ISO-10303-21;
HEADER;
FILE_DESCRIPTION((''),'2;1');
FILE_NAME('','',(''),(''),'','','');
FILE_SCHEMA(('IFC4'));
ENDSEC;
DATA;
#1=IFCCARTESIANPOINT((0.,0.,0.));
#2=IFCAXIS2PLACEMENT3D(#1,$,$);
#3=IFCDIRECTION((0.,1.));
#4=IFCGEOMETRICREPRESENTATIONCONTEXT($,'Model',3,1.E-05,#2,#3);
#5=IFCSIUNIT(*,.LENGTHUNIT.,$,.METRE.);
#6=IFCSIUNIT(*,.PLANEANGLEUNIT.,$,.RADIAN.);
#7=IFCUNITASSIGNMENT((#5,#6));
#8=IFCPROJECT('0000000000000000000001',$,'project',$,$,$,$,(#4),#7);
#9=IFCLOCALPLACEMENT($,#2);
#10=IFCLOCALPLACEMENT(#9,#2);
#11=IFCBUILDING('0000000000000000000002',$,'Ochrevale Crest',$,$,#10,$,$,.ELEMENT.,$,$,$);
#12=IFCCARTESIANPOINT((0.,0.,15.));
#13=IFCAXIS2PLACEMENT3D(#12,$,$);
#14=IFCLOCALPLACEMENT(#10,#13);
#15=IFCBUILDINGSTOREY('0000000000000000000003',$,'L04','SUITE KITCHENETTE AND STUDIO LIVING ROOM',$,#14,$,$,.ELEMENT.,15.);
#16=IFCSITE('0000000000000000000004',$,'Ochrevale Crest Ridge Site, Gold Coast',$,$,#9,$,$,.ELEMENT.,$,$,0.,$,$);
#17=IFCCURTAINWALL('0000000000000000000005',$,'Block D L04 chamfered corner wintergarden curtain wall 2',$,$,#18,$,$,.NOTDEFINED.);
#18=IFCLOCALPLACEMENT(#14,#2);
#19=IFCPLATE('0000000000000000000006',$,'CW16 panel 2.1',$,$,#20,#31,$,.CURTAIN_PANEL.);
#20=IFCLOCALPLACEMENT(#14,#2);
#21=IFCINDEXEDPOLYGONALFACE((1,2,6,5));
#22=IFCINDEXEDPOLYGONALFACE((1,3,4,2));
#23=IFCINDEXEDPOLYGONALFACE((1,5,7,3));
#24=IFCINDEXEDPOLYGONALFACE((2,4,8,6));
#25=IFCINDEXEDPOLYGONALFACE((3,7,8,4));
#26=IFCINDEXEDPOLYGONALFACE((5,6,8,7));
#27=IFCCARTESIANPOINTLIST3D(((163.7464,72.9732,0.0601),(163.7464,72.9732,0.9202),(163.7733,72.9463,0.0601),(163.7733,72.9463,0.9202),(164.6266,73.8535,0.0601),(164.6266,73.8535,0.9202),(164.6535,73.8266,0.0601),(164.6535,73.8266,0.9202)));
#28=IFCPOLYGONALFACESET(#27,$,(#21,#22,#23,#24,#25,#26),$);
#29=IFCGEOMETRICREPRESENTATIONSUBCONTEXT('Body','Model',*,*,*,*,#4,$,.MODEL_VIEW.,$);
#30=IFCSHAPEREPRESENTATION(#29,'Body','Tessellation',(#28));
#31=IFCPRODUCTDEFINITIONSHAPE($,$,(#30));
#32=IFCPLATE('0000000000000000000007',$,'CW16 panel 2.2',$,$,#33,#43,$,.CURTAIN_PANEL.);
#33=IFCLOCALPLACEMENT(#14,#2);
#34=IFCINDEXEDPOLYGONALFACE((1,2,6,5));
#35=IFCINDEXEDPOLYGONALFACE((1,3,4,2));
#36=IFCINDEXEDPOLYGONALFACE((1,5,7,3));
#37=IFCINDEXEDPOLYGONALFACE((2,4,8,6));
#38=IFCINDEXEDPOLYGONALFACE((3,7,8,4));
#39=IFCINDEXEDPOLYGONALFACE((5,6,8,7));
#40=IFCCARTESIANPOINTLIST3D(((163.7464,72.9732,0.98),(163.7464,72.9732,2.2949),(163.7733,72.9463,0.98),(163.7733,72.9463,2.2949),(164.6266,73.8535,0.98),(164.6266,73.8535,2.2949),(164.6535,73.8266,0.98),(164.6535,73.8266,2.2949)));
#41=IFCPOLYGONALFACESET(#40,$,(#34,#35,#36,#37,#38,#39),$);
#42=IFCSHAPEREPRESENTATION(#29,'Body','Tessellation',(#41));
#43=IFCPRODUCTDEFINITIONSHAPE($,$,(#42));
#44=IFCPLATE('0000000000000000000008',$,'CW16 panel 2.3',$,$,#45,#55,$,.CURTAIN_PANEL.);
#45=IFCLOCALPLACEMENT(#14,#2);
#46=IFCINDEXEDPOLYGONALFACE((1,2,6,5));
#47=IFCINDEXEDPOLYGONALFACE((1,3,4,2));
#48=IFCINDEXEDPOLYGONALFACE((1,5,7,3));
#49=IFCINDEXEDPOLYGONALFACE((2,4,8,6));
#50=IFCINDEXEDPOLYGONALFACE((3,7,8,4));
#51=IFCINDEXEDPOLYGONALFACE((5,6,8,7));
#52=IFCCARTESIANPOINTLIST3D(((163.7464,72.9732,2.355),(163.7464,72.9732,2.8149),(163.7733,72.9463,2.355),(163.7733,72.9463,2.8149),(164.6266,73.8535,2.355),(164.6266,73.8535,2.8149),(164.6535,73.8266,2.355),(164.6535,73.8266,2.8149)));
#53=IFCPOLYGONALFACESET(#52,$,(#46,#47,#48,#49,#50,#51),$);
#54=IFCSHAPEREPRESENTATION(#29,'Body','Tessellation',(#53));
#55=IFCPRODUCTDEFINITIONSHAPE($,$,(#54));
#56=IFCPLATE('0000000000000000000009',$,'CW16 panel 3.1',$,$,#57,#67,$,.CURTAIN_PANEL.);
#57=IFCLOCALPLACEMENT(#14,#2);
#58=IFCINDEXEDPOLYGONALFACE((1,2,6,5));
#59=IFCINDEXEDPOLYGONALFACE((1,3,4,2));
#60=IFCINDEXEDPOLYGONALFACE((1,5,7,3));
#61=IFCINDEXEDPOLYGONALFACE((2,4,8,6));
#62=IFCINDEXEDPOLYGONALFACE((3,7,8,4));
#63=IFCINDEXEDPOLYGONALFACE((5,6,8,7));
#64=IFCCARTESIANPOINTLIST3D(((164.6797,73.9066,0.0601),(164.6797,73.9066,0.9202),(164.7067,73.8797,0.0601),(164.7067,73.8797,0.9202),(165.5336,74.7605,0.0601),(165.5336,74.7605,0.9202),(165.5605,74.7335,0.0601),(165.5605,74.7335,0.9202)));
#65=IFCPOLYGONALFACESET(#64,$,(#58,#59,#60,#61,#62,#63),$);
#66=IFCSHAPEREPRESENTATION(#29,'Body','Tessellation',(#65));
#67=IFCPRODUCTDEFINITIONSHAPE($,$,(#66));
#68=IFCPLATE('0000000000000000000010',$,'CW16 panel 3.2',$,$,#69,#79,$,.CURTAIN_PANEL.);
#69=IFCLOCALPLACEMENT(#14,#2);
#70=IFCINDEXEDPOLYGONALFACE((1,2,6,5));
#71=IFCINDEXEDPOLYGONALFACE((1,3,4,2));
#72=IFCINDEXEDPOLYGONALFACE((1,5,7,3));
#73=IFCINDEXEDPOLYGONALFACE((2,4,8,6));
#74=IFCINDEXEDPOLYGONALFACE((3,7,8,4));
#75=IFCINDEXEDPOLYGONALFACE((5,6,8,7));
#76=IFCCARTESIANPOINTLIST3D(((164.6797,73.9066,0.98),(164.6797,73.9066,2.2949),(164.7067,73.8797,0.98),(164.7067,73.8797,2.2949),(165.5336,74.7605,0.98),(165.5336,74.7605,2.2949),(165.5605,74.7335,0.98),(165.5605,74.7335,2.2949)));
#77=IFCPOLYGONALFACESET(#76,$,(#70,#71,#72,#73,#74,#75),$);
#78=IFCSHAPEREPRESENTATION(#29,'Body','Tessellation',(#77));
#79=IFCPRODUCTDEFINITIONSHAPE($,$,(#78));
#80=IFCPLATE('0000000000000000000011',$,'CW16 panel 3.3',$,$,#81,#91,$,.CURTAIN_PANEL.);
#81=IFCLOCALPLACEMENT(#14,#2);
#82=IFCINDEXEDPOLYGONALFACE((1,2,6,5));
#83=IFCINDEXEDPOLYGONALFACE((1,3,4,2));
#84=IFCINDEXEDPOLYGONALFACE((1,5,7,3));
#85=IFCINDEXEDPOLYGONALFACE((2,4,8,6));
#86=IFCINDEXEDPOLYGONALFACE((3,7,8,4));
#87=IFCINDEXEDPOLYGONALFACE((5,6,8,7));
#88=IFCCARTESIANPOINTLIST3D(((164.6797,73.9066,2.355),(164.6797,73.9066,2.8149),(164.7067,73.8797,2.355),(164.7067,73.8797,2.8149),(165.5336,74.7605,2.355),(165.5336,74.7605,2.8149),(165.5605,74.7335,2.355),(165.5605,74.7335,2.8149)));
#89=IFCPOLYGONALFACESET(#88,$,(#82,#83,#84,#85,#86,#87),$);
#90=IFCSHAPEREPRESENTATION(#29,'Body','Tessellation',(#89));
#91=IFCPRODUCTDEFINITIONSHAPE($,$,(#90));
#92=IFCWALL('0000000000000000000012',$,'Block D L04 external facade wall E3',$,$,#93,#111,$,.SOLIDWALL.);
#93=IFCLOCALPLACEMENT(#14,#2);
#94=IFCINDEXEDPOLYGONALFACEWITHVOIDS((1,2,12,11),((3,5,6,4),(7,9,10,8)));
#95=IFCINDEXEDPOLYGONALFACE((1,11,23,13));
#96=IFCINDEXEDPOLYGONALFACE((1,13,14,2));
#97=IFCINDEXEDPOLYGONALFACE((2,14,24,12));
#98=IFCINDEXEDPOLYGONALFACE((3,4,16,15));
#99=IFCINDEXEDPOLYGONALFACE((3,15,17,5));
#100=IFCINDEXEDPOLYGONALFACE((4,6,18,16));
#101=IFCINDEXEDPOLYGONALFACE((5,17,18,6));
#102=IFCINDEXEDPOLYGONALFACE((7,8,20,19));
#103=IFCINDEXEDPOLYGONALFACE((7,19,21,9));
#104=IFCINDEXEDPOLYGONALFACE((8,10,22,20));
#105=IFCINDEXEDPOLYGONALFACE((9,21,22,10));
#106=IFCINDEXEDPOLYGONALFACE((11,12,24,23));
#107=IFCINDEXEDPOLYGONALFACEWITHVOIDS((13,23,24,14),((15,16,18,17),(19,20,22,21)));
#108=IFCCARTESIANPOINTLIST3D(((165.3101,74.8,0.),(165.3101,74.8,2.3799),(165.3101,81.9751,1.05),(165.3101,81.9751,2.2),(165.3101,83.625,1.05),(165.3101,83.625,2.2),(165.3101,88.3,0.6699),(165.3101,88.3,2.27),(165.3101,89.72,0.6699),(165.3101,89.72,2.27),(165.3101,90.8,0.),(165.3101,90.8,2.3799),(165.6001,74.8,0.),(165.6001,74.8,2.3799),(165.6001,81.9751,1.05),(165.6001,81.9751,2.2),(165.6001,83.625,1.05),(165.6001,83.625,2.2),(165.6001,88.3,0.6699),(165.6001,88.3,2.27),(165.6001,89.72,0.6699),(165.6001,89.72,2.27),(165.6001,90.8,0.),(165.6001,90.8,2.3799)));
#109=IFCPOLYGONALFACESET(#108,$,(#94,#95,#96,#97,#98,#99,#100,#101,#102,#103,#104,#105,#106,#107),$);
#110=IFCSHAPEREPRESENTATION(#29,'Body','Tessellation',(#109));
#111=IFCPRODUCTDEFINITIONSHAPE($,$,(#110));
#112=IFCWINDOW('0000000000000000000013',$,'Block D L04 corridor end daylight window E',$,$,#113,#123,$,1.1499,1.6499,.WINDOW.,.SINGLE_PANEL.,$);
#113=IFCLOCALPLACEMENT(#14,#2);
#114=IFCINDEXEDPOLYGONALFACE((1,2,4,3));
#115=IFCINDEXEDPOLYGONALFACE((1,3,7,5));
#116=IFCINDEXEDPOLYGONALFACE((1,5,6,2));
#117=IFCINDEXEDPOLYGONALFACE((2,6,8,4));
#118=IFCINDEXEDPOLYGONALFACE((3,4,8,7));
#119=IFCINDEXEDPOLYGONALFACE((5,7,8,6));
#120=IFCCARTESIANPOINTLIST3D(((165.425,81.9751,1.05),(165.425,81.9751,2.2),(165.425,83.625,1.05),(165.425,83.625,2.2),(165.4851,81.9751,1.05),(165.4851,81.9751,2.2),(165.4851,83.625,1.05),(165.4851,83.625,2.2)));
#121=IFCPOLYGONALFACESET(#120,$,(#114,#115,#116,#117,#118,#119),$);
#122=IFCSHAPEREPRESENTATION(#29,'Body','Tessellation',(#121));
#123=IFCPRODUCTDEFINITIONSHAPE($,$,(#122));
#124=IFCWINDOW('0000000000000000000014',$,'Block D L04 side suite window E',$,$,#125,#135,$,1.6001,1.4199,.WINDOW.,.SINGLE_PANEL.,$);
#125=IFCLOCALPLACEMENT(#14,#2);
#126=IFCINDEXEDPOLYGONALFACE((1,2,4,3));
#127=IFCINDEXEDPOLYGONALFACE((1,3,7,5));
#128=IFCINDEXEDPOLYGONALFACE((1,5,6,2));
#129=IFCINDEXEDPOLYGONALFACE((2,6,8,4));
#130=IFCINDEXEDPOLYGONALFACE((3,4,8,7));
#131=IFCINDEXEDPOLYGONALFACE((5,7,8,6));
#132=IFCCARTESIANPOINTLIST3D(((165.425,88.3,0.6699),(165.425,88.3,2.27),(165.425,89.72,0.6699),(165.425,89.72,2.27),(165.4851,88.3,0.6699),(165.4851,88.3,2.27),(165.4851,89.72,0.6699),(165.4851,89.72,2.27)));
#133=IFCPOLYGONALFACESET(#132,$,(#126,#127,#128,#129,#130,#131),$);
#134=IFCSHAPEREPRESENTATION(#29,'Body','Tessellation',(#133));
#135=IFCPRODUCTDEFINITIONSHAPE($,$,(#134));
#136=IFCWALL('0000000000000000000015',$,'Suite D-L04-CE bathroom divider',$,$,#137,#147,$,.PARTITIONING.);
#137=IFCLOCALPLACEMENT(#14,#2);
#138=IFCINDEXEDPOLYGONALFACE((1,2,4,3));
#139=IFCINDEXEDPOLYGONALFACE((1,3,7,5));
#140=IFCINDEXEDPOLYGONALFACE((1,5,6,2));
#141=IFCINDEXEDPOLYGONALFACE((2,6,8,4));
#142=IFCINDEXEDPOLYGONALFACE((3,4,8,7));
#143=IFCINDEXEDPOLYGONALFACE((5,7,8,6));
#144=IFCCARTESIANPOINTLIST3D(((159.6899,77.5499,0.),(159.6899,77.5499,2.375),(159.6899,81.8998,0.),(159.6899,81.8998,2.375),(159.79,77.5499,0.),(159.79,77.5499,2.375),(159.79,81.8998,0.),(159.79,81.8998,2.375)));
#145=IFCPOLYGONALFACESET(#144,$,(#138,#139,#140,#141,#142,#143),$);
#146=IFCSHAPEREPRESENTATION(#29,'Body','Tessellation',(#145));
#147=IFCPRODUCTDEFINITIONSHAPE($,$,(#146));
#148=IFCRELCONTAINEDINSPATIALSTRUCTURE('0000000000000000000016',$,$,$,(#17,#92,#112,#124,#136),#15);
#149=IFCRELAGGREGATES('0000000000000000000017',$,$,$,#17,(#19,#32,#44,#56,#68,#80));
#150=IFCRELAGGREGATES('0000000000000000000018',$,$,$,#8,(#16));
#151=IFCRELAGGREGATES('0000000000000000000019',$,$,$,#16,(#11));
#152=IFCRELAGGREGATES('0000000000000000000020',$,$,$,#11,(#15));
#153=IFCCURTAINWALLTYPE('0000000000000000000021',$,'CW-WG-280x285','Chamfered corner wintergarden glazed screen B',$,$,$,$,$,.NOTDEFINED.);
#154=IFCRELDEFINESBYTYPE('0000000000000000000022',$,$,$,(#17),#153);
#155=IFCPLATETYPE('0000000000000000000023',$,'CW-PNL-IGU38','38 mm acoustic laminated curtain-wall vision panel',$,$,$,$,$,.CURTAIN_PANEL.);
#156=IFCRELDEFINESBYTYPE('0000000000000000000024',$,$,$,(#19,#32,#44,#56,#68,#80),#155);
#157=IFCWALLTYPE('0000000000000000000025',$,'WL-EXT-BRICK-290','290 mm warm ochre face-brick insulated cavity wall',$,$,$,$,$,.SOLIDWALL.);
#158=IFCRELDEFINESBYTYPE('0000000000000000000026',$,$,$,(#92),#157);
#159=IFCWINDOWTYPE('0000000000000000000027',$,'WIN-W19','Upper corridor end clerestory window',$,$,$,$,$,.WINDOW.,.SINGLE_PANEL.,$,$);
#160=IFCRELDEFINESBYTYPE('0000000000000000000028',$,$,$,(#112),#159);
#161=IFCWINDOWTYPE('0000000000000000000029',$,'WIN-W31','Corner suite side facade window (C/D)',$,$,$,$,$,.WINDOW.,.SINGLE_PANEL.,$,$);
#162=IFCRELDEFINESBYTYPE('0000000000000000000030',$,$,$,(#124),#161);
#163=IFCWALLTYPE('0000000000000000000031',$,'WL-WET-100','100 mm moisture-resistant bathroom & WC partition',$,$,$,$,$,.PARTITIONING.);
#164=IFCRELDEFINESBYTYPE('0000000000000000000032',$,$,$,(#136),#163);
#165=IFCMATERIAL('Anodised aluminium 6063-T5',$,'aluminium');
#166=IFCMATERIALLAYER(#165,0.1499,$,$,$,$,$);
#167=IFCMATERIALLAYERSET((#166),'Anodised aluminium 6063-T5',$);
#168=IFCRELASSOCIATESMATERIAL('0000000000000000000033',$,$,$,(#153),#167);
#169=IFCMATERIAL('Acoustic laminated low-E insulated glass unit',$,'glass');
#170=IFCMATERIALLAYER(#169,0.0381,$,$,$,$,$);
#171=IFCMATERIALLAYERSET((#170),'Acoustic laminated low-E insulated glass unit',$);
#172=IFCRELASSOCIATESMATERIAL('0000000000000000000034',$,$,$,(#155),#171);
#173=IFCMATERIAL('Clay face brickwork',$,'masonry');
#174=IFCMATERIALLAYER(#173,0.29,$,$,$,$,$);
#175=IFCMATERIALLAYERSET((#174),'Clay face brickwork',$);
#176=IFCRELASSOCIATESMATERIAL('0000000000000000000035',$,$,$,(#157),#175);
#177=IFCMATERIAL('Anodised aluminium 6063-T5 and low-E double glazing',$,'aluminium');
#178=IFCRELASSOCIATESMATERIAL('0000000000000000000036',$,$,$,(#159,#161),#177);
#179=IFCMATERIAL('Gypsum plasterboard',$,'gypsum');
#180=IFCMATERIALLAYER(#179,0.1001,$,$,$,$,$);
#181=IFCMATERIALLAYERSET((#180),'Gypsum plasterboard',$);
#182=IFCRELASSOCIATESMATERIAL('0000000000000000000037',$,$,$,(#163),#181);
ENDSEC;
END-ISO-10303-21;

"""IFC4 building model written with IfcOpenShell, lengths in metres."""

from ifc_helpers import new_model, si_unit, direction, frame, frame_2d, origin, origin_2d, place, context, subcontext, project, spatial, rectangle, extrude, material, layer, layer_set, type_object, element, fill, aggregate, save


model = new_model("IFC4")

# Units and contexts
model_context = context("Model", 3, precision=1e-05, world=origin(), true_north=direction((0.0, 1.0)))
body_context = subcontext(model_context, "Body", "Model", "MODEL_VIEW")
ifc_project = project(units=[si_unit("LENGTHUNIT", "METRE"), si_unit("PLANEANGLEUNIT", "RADIAN")], contexts=[model_context])

# Site, building, storey
site_placement = place(None, origin())
site = spatial("IfcSite", under=ifc_project, at=site_placement, Name="Ochrevale Crest Ridge Site, Gold Coast", CompositionType="ELEMENT", RefElevation=0.0)
building_placement = place(site_placement, origin())
building = spatial("IfcBuilding", under=site, at=building_placement, Name="Ochrevale Crest", CompositionType="ELEMENT")
storey_placement = place(building_placement, frame((0.0, 0.0, 15.0)))
storey = spatial("IfcBuildingStorey", under=building, at=storey_placement, Name="L04", Description="SUITE KITCHENETTE AND STUDIO LIVING ROOM", CompositionType="ELEMENT", Elevation=15.0)

# Curtain wall, plates
ifc_material_1 = material(Name="Anodised aluminium 6063-T5", Category="aluminium")
ifc_layer_1 = layer(ifc_material_1, 0.1499)
ifc_layer_set_1 = layer_set([ifc_layer_1], Name="Anodised aluminium 6063-T5")
curtain_wall_type = type_object("IfcCurtainWallType", Name="CW-WG-280x285", Description="Chamfered corner wintergarden glazed screen B", PredefinedType="NOTDEFINED", material=ifc_layer_set_1)
curtain_wall_placement = place(storey_placement, origin())
curtain_wall = element("IfcCurtainWall", 1, at=curtain_wall_placement, inside=storey, type_object=curtain_wall_type, Name="Block D L04 chamfered corner wintergarden curtain wall 2", PredefinedType="NOTDEFINED")
ifc_material_2 = material(Name="Acoustic laminated low-E insulated glass unit", Category="glass")
ifc_layer_2 = layer(ifc_material_2, 0.0381)
ifc_layer_set_2 = layer_set([ifc_layer_2], Name="Acoustic laminated low-E insulated glass unit")
plate_type = type_object("IfcPlateType", Name="CW-PNL-IGU38", Description="38 mm acoustic laminated curtain-wall vision panel", PredefinedType="CURTAIN_PANEL", material=ifc_layer_set_2)
plate_1_placement = place(storey_placement, frame((164.2, 73.3999, 0.0601), z_axis=(0.0, 0.0, 1.0), x_axis=(0.707107, 0.707107, 0.0)))
plate_1 = element("IfcPlate", 2, at=plate_1_placement, type_object=plate_type, Name="CW16 panel 2.1", PredefinedType="CURTAIN_PANEL", context=body_context, shape_type="SweptSolid", body=[
    extrude(rectangle(XDim=1.2449, YDim=0.0381, at=origin_2d()), origin(), (0.0, 0.0, 1.0), 0.8601),
])
plate_2_placement = place(storey_placement, frame((164.2, 73.3999, 0.98), z_axis=(0.0, 0.0, 1.0), x_axis=(0.707107, 0.707107, 0.0)))
plate_2 = element("IfcPlate", 3, at=plate_2_placement, type_object=plate_type, Name="CW16 panel 2.2", PredefinedType="CURTAIN_PANEL", context=body_context, shape_type="SweptSolid", body=[
    extrude(rectangle(XDim=1.2449, YDim=0.0381, at=origin_2d()), origin(), (0.0, 0.0, 1.0), 1.3149),
])
plate_3_placement = place(storey_placement, frame((164.2, 73.3999, 2.355), z_axis=(0.0, 0.0, 1.0), x_axis=(0.707107, 0.707107, 0.0)))
plate_3 = element("IfcPlate", 4, at=plate_3_placement, type_object=plate_type, Name="CW16 panel 2.3", PredefinedType="CURTAIN_PANEL", context=body_context, shape_type="SweptSolid", body=[
    extrude(rectangle(XDim=1.2449, YDim=0.0381, at=origin_2d()), origin(), (0.0, 0.0, 1.0), 0.46),
])
plate_4_placement = place(storey_placement, frame((165.1201, 74.3201, 0.0601), z_axis=(0.0, 0.0, 1.0), x_axis=(0.707107, 0.707107, 0.0)))
plate_4 = element("IfcPlate", 5, at=plate_4_placement, type_object=plate_type, Name="CW16 panel 3.1", PredefinedType="CURTAIN_PANEL", context=body_context, shape_type="SweptSolid", body=[
    extrude(rectangle(XDim=1.2075, YDim=0.0381, at=origin_2d()), origin(), (0.0, 0.0, 1.0), 0.8601),
])
plate_5_placement = place(storey_placement, frame((165.1201, 74.3201, 0.98), z_axis=(0.0, 0.0, 1.0), x_axis=(0.707107, 0.707107, 0.0)))
plate_5 = element("IfcPlate", 6, at=plate_5_placement, type_object=plate_type, Name="CW16 panel 3.2", PredefinedType="CURTAIN_PANEL", context=body_context, shape_type="SweptSolid", body=[
    extrude(rectangle(XDim=1.2075, YDim=0.0381, at=origin_2d()), origin(), (0.0, 0.0, 1.0), 1.3149),
])
plate_6_placement = place(storey_placement, frame((165.1201, 74.3201, 2.355), z_axis=(0.0, 0.0, 1.0), x_axis=(0.707107, 0.707107, 0.0)))
plate_6 = element("IfcPlate", 7, at=plate_6_placement, type_object=plate_type, Name="CW16 panel 3.3", PredefinedType="CURTAIN_PANEL", context=body_context, shape_type="SweptSolid", body=[
    extrude(rectangle(XDim=1.2075, YDim=0.0381, at=origin_2d()), origin(), (0.0, 0.0, 1.0), 0.46),
])
aggregate(curtain_wall, [plate_1, plate_2, plate_3, plate_4, plate_5, plate_6])

# Wall, openings, windows
ifc_material_3 = material(Name="Clay face brickwork", Category="masonry")
ifc_layer_3 = layer(ifc_material_3, 0.29)
ifc_layer_set_3 = layer_set([ifc_layer_3], Name="Clay face brickwork")
wall_type_1 = type_object("IfcWallType", Name="WL-EXT-BRICK-290", Description="290 mm warm ochre face-brick insulated cavity wall", PredefinedType="SOLIDWALL", material=ifc_layer_set_3)
wall_1_placement = place(storey_placement, frame((165.4551, 74.8, 0.0), z_axis=(0.0, 0.0, 1.0), x_axis=(0.0, 1.0, 0.0)))
wall_1 = element("IfcWall", 8, at=wall_1_placement, inside=storey, type_object=wall_type_1, Name="Block D L04 external facade wall E3", PredefinedType="SOLIDWALL", context=body_context, shape_type="SweptSolid", body=[
    extrude(rectangle(XDim=16.0, YDim=0.29, at=frame_2d((8.0, 0.0))), origin(), (0.0, 0.0, 1.0), 2.3799),
])
opening_1_placement = place(wall_1_placement, frame((7.175, 0.0, 1.05)))
opening_1 = element("IfcOpeningElement", 9, at=opening_1_placement, cuts=wall_1, PredefinedType="OPENING", context=body_context, shape_type="SweptSolid", body=[
    extrude(rectangle(XDim=1.6499, YDim=1.1499, at=frame_2d((0.825, 0.575))), frame((0.0, 0.155, 0.0), z_axis=(0.0, -1.0, 0.0), x_axis=(1.0, 0.0, 0.0)), (0.0, 0.0, 1.0), 0.3101),
])
opening_2_placement = place(wall_1_placement, frame((13.5, 0.0, 0.6699)))
opening_2 = element("IfcOpeningElement", 10, at=opening_2_placement, cuts=wall_1, PredefinedType="OPENING", context=body_context, shape_type="SweptSolid", body=[
    extrude(rectangle(XDim=1.4199, YDim=1.6001, at=frame_2d((0.71, 0.8))), frame((0.0, 0.155, 0.0), z_axis=(0.0, -1.0, 0.0), x_axis=(1.0, 0.0, 0.0)), (0.0, 0.0, 1.0), 0.3101),
])
ifc_material_4 = material(Name="Anodised aluminium 6063-T5 and low-E double glazing", Category="aluminium")
window_type_1 = type_object("IfcWindowType", Name="WIN-W19", Description="Upper corridor end clerestory window", PartitioningType="SINGLE_PANEL", PredefinedType="WINDOW", material=ifc_material_4)
window_1_placement = place(opening_1_placement, origin())
window_1 = element("IfcWindow", 11, at=window_1_placement, inside=storey, type_object=window_type_1, Name="Block D L04 corridor end daylight window E", OverallHeight=1.1499, OverallWidth=1.6499, PartitioningType="SINGLE_PANEL", PredefinedType="WINDOW", context=body_context, shape_type="SweptSolid", body=[
    extrude(rectangle(XDim=1.6499, YDim=1.1499, at=frame_2d((0.825, 0.575))), frame((0.0, 0.03, 0.0), z_axis=(0.0, -1.0, 0.0), x_axis=(1.0, 0.0, 0.0)), (0.0, 0.0, 1.0), 0.0601),
])
fill(opening_1, window_1)
window_type_2 = type_object("IfcWindowType", Name="WIN-W31", Description="Corner suite side facade window (C/D)", PartitioningType="SINGLE_PANEL", PredefinedType="WINDOW", material=ifc_material_4)
window_2_placement = place(opening_2_placement, origin())
window_2 = element("IfcWindow", 12, at=window_2_placement, inside=storey, type_object=window_type_2, Name="Block D L04 side suite window E", OverallHeight=1.6001, OverallWidth=1.4199, PartitioningType="SINGLE_PANEL", PredefinedType="WINDOW", context=body_context, shape_type="SweptSolid", body=[
    extrude(rectangle(XDim=1.4199, YDim=1.6001, at=frame_2d((0.71, 0.8))), frame((0.0, 0.03, 0.0), z_axis=(0.0, -1.0, 0.0), x_axis=(1.0, 0.0, 0.0)), (0.0, 0.0, 1.0), 0.0601),
])
fill(opening_2, window_2)

# Wall
ifc_material_5 = material(Name="Gypsum plasterboard", Category="gypsum")
ifc_layer_4 = layer(ifc_material_5, 0.1001)
ifc_layer_set_4 = layer_set([ifc_layer_4], Name="Gypsum plasterboard")
wall_type_2 = type_object("IfcWallType", Name="WL-WET-100", Description="100 mm moisture-resistant bathroom & WC partition", PredefinedType="PARTITIONING", material=ifc_layer_set_4)
wall_2_placement = place(storey_placement, frame((159.74, 77.55, 0.0), z_axis=(0.0, 0.0, 1.0), x_axis=(0.0, 1.0, 0.0)))
element("IfcWall", 13, at=wall_2_placement, inside=storey, type_object=wall_type_2, Name="Suite D-L04-CE bathroom divider", PredefinedType="PARTITIONING", context=body_context, shape_type="SweptSolid", body=[
    extrude(rectangle(XDim=4.3499, YDim=0.1001, at=frame_2d((2.1748, 0.0))), origin(), (0.0, 0.0, 1.0), 2.375),
])

save(model, "model.ifc")
